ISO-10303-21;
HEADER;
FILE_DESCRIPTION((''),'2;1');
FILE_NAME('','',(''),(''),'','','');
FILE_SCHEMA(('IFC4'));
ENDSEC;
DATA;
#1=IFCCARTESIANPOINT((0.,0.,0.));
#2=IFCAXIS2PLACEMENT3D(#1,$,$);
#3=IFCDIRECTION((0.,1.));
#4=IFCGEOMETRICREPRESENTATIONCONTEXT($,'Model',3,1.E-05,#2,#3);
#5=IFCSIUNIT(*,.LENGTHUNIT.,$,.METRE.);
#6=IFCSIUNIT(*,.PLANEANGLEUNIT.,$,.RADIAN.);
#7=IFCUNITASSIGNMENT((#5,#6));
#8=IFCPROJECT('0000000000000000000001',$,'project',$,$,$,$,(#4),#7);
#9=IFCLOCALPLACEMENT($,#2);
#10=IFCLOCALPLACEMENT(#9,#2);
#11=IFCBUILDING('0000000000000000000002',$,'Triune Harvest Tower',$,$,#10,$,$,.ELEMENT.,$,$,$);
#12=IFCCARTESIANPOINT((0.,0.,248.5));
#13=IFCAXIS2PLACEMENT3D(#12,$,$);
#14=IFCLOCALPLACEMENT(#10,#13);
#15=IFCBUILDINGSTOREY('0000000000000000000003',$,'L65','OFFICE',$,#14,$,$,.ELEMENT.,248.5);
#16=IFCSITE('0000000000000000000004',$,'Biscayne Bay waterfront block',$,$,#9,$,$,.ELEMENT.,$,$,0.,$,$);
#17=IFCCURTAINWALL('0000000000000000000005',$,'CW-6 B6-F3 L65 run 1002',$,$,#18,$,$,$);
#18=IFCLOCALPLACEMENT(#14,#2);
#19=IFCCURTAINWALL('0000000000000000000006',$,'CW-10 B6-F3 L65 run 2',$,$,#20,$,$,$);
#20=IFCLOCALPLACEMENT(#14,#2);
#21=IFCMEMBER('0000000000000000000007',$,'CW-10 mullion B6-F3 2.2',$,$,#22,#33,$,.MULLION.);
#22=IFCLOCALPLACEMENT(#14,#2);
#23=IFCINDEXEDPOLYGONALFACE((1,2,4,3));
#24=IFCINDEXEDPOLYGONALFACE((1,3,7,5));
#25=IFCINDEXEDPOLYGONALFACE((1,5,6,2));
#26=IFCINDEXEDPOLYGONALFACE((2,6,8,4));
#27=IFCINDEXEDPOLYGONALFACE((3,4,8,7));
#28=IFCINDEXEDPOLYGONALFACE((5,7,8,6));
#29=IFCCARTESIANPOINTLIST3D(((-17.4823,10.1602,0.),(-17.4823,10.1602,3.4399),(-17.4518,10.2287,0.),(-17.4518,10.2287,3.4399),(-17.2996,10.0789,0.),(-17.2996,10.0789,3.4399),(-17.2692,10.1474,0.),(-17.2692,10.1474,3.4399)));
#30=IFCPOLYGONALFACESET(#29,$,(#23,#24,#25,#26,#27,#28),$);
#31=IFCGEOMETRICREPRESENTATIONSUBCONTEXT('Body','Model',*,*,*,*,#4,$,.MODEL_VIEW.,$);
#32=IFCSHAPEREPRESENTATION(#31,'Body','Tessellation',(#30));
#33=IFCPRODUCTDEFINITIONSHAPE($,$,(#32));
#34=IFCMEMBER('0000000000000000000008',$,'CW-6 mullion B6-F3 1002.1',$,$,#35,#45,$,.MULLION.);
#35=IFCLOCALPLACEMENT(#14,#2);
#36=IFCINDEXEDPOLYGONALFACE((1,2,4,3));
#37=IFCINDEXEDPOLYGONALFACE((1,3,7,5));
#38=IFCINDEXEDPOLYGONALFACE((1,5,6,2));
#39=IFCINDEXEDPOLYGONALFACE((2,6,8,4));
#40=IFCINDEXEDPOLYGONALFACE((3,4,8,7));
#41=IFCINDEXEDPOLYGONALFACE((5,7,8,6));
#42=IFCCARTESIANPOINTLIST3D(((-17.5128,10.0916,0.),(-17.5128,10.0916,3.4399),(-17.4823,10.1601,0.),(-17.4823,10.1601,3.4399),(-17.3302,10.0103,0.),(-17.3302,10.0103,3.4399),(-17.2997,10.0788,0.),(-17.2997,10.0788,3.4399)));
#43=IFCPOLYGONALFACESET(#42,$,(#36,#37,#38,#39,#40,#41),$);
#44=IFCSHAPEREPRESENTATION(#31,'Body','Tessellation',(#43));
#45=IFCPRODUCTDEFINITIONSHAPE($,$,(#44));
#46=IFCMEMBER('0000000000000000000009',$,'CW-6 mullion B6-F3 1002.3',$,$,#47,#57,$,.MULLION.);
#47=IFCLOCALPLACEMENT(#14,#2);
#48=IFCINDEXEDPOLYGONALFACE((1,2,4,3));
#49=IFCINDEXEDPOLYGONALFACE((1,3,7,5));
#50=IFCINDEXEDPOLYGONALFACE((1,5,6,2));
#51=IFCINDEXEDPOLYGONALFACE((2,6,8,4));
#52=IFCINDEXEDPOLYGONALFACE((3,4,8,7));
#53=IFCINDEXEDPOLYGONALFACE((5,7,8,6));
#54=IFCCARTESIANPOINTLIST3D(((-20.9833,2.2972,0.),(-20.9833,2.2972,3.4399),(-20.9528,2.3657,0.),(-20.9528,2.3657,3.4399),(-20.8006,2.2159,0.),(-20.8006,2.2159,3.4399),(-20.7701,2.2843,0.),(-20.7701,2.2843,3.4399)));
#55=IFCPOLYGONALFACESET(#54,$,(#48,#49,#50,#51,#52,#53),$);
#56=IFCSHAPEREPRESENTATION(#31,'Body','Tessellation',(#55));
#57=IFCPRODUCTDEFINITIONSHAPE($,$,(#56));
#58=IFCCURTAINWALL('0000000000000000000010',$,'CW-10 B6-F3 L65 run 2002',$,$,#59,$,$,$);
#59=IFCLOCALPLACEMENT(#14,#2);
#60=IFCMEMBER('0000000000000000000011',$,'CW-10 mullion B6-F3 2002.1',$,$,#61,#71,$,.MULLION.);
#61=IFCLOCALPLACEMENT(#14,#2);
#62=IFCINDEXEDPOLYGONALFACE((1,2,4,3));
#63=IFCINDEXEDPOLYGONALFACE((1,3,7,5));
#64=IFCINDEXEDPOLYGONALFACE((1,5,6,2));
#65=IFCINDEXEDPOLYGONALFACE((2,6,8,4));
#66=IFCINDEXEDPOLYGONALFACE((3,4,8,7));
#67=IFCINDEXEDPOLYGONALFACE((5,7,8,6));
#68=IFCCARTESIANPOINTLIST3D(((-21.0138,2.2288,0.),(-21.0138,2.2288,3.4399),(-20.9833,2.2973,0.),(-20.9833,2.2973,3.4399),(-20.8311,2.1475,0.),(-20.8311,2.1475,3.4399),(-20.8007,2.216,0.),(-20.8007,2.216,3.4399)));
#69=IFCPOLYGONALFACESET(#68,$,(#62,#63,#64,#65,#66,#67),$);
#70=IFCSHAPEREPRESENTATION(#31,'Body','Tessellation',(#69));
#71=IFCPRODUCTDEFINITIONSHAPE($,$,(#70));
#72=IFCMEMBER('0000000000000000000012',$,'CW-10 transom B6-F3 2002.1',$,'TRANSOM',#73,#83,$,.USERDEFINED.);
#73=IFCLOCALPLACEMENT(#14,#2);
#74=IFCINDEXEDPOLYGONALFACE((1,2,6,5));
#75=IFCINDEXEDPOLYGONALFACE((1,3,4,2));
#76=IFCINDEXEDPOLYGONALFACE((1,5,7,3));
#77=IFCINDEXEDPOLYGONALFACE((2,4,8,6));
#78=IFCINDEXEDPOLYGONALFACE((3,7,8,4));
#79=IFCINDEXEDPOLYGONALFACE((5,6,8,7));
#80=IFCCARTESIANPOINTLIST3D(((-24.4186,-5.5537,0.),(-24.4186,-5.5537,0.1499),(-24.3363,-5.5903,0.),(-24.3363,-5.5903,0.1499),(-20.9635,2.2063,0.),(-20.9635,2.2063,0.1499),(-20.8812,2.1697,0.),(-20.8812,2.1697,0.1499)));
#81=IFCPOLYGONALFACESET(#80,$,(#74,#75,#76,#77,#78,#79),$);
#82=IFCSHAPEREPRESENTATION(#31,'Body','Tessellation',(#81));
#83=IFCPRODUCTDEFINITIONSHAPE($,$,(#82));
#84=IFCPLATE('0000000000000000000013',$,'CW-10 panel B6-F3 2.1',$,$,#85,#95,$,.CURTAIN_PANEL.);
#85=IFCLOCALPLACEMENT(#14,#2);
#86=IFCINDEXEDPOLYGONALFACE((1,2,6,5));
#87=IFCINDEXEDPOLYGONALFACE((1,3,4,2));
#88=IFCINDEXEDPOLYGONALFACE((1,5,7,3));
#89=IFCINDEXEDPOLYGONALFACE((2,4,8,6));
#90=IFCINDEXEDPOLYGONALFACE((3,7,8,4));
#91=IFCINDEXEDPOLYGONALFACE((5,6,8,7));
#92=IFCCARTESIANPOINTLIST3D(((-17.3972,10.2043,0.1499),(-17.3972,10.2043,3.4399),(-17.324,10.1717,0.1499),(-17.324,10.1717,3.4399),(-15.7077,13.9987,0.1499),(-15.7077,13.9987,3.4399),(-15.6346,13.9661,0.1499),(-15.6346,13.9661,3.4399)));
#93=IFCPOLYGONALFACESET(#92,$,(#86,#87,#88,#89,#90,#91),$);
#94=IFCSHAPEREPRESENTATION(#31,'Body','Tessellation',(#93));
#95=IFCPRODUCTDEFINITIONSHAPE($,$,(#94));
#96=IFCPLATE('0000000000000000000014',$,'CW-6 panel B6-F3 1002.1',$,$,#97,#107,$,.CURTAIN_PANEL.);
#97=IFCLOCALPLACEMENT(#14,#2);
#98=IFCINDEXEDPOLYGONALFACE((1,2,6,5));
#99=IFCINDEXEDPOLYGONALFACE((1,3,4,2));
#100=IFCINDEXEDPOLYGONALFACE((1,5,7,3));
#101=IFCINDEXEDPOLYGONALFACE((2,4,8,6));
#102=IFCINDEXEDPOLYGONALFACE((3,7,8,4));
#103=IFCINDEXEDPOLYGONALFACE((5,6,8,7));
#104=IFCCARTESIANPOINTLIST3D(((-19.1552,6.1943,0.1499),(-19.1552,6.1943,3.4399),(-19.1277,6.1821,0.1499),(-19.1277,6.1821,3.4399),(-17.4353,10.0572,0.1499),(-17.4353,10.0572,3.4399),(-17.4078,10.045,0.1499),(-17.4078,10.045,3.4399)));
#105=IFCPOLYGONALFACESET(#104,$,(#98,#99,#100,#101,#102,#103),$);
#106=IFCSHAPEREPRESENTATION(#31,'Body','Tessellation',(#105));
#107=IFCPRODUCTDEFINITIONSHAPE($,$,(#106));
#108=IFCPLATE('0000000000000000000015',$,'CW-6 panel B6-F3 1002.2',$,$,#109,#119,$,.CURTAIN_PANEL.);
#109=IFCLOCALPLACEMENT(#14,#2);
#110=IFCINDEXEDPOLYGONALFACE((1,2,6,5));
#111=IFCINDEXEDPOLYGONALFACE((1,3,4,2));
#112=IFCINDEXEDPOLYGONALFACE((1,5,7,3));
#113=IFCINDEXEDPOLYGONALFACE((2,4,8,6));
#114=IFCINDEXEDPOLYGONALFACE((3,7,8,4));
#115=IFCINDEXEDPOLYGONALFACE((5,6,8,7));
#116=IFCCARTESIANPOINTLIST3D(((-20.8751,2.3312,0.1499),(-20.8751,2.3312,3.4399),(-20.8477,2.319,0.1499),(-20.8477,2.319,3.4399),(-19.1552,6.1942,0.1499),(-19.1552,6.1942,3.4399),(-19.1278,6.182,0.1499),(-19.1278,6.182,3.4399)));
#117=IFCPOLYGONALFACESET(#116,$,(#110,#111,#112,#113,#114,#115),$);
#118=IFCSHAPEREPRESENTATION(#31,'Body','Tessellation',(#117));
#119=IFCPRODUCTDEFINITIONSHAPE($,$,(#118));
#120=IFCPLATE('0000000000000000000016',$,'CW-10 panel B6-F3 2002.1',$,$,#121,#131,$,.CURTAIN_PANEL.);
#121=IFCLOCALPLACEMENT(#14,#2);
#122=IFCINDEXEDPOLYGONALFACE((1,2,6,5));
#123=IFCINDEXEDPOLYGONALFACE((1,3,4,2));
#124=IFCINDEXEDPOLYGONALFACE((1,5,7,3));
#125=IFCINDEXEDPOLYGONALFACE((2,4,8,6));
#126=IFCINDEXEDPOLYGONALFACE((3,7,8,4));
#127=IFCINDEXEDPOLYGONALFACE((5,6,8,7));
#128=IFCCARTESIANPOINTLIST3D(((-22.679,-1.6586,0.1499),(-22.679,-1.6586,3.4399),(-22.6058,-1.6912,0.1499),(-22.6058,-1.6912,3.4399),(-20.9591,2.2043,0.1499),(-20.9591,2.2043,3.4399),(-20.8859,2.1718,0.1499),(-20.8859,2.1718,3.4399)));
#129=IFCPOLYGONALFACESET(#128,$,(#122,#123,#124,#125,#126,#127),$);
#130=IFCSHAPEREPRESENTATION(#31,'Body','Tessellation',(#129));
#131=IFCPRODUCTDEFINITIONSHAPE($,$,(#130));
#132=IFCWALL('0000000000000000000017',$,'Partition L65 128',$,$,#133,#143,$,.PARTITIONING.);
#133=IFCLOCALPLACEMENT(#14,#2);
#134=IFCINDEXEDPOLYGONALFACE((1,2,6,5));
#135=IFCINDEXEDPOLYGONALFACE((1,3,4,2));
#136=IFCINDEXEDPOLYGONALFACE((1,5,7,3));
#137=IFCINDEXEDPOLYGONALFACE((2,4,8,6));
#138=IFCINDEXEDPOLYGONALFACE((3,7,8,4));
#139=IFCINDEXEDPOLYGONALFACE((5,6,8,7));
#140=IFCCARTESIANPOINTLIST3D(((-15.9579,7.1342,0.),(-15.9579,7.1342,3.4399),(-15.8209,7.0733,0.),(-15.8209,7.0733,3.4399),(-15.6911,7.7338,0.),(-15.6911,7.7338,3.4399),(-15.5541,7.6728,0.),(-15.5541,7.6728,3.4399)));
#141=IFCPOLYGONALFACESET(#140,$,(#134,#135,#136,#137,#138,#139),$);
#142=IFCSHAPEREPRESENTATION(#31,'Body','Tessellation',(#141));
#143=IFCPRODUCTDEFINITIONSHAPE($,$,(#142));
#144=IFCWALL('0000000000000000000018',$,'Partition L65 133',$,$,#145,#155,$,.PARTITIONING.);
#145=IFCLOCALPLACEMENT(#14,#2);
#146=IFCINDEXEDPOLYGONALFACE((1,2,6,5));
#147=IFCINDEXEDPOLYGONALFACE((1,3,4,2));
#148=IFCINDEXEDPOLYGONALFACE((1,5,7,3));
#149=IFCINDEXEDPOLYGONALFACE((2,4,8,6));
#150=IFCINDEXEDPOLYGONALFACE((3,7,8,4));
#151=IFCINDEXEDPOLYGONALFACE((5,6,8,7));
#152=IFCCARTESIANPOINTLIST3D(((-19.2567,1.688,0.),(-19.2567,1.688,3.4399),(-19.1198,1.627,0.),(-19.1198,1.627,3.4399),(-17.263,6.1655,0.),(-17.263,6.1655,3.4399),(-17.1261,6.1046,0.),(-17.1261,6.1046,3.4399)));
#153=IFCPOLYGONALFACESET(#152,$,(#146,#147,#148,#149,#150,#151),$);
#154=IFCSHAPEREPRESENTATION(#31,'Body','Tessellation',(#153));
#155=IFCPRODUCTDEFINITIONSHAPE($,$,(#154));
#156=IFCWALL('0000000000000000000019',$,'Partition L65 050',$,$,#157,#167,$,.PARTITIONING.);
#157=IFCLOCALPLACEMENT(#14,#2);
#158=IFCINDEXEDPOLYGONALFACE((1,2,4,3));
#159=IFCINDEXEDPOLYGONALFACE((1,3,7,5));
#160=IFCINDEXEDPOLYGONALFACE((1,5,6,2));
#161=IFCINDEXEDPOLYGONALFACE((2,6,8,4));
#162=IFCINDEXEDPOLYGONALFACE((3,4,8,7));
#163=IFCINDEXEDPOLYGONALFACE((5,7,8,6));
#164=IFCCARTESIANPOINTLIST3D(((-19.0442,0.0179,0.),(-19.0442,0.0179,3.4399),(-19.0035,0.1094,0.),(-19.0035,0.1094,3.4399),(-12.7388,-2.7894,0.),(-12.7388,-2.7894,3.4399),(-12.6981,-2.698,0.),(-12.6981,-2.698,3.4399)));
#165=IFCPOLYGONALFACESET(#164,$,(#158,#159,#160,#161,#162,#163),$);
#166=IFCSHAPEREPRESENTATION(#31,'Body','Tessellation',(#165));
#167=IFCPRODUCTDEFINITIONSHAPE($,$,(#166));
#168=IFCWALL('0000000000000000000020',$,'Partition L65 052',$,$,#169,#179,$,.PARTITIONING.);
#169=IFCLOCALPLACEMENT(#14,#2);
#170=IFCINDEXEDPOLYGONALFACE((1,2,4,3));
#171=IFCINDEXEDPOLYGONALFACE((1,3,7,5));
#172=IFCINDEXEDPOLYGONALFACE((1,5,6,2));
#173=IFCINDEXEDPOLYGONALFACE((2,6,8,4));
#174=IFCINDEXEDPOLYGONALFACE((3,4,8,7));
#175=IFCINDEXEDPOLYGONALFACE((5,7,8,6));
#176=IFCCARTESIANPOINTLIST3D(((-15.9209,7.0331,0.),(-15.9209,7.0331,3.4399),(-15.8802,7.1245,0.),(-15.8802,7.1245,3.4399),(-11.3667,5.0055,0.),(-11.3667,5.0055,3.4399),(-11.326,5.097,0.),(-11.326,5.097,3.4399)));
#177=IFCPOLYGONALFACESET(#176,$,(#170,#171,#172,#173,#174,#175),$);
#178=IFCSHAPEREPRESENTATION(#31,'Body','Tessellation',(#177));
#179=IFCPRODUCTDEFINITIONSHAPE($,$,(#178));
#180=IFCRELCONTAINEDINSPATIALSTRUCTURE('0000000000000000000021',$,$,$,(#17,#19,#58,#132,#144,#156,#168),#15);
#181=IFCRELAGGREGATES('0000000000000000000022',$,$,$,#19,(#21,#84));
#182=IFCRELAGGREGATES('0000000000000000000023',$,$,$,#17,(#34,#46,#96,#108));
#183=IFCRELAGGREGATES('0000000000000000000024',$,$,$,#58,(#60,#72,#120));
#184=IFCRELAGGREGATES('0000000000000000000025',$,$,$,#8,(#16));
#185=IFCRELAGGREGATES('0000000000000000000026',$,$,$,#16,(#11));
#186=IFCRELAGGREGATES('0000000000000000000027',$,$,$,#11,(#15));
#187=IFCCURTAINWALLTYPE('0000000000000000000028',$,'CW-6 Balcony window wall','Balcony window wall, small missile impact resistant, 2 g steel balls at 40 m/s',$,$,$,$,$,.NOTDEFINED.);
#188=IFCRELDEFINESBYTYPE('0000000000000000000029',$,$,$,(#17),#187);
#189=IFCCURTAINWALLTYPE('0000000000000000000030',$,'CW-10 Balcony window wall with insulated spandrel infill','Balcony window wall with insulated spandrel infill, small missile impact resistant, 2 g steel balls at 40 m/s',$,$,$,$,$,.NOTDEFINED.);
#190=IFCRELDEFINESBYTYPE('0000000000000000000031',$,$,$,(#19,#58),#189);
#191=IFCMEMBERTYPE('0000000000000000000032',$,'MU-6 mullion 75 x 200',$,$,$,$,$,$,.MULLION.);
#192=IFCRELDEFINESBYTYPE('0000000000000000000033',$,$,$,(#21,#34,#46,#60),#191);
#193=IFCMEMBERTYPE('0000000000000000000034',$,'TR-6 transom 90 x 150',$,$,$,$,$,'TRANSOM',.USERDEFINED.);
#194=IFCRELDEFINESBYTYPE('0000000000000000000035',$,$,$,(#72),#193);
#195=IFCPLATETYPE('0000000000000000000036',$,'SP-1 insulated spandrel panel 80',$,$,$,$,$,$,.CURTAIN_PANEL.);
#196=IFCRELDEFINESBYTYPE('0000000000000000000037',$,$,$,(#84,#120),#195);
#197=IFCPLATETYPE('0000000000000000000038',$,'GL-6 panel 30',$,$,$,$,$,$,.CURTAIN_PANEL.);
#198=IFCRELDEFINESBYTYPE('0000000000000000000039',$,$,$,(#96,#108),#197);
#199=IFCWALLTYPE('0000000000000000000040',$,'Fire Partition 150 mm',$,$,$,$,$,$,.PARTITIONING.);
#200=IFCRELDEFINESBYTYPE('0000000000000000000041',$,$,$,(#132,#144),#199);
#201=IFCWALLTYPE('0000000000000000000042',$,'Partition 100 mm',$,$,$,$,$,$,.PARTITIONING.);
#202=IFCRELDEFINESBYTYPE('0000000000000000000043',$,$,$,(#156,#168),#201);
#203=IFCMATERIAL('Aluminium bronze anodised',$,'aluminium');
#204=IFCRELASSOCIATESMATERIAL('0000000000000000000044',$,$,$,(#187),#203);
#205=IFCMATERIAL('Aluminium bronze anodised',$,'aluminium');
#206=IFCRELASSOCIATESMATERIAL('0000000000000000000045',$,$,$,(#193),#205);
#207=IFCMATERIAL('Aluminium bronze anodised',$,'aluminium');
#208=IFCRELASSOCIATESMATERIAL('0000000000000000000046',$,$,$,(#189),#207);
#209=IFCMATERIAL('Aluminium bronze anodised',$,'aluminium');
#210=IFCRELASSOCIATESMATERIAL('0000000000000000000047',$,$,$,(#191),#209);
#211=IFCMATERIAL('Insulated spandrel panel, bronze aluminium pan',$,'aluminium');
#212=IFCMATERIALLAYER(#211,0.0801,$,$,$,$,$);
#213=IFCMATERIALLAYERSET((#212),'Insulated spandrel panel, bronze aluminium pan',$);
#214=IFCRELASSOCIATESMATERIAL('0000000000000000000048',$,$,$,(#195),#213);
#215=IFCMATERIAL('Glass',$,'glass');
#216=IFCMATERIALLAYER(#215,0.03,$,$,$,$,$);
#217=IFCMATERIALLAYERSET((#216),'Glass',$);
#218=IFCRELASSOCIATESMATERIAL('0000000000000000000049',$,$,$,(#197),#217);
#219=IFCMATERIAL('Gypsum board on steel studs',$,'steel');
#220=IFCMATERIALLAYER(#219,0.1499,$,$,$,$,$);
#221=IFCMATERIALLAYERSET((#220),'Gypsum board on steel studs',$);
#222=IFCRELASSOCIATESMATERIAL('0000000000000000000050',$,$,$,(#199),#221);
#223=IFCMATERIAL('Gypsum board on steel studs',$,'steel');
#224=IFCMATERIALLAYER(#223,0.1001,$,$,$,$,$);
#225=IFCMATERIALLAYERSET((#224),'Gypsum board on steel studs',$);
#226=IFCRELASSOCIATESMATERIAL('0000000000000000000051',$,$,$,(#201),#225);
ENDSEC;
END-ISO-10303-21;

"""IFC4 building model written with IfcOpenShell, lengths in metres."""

from ifc_helpers import new_model, si_unit, direction, frame, frame_2d, origin, origin_2d, place, context, subcontext, project, spatial, rectangle, extrude, source, transform, mapped, material, layer, layer_set, material_profile, profile_set, type_object, element, aggregate, save


model = new_model("IFC4")

# Units and contexts
model_context = context("Model", 3, precision=1e-05, world=origin(), true_north=direction((0.0, 1.0)))
body_context = subcontext(model_context, "Body", "Model", "MODEL_VIEW")
ifc_project = project(units=[si_unit("LENGTHUNIT", "METRE"), si_unit("PLANEANGLEUNIT", "RADIAN")], contexts=[model_context])

# Site, building, storey
site_placement = place(None, origin())
site = spatial("IfcSite", under=ifc_project, at=site_placement, Name="Biscayne Bay waterfront block", CompositionType="ELEMENT", RefElevation=0.0)
building_placement = place(site_placement, origin())
building = spatial("IfcBuilding", under=site, at=building_placement, Name="Triune Harvest Tower", CompositionType="ELEMENT")
storey_placement = place(building_placement, frame((0.0, 0.0, 248.5)))
storey = spatial("IfcBuildingStorey", under=building, at=storey_placement, Name="L65", Description="OFFICE", CompositionType="ELEMENT", Elevation=248.5)

# Curtain wall
ifc_material_1 = material(Name="Aluminium bronze anodised", Category="aluminium")
curtain_wall_type_1 = type_object("IfcCurtainWallType", Name="CW-6 Balcony window wall", Description="Balcony window wall, small missile impact resistant, 2 g steel balls at 40 m/s", PredefinedType="NOTDEFINED", material=ifc_material_1)
curtain_wall_1_placement = place(storey_placement, origin())
curtain_wall_1 = element("IfcCurtainWall", 1, at=curtain_wall_1_placement, inside=storey, type_object=curtain_wall_type_1, Name="CW-6 B6-F3 L65 run 1002")
ifc_material_2 = material(Name="Aluminium bronze anodised", Category="aluminium")
ifc_material_profile_1 = material_profile(ifc_material_2, rectangle(XDim=0.0901, YDim=0.1499, at=origin_2d()), Name="TR-6 transom 90 x 150")
ifc_profile_set_1 = profile_set([ifc_material_profile_1], Name="Aluminium bronze anodised")
member_type_1 = type_object("IfcMemberType", Name="TR-6 transom 90 x 150", ElementType="TRANSOM", PredefinedType="USERDEFINED", material=ifc_profile_set_1)

# Curtain wall, member
ifc_material_3 = material(Name="Aluminium bronze anodised", Category="aluminium")
curtain_wall_type_2 = type_object("IfcCurtainWallType", Name="CW-10 Balcony window wall with insulated spandrel infill", Description="Balcony window wall with insulated spandrel infill, small missile impact resistant, 2 g steel balls at 40 m/s", PredefinedType="NOTDEFINED", material=ifc_material_3)
curtain_wall_2_placement = place(storey_placement, origin())
curtain_wall_2 = element("IfcCurtainWall", 2, at=curtain_wall_2_placement, inside=storey, type_object=curtain_wall_type_2, Name="CW-10 B6-F3 L65 run 2")
ifc_material_4 = material(Name="Aluminium bronze anodised", Category="aluminium")
ifc_material_profile_2 = material_profile(ifc_material_4, rectangle(XDim=0.2, YDim=0.075, at=origin_2d()), Name="MU-6 mullion 75 x 200")
ifc_profile_set_2 = profile_set([ifc_material_profile_2], Name="Aluminium bronze anodised")
member_type_2 = type_object("IfcMemberType", Name="MU-6 mullion 75 x 200", PredefinedType="MULLION", material=ifc_profile_set_2)
shared_shape_1 = source(origin(), body_context, "Body", "SweptSolid", [
    extrude(rectangle(XDim=0.2, YDim=0.075, at=origin_2d()), origin(), (0.0, 0.0, 1.0), 3.4399),
])
member_1_placement = place(storey_placement, frame((-17.3757, 10.1538, 0.0), z_axis=(0.0, 0.0, 1.0), x_axis=(0.913541, -0.406747, 0.0)))
member_1 = element("IfcMember", 3, at=member_1_placement, type_object=member_type_2, Name="CW-10 mullion B6-F3 2.2", PredefinedType="MULLION", context=body_context, shape_type="MappedRepresentation", body=[
    mapped(shared_shape_1, transform((0.0, 0.0, 0.0), scale=1.0)),
])

# Members
member_2_placement = place(storey_placement, frame((-17.4062, 10.0852, 0.0), z_axis=(0.0, 0.0, 1.0), x_axis=(0.913545, -0.406738, 0.0)))
member_2 = element("IfcMember", 4, at=member_2_placement, type_object=member_type_2, Name="CW-6 mullion B6-F3 1002.1", PredefinedType="MULLION", context=body_context, shape_type="MappedRepresentation", body=[
    mapped(shared_shape_1, transform((0.0, 0.0, 0.0), scale=1.0)),
])
member_3_placement = place(storey_placement, frame((-20.8767, 2.2908, 0.0), z_axis=(0.0, 0.0, 1.0), x_axis=(0.913545, -0.406738, 0.0)))
member_3 = element("IfcMember", 5, at=member_3_placement, type_object=member_type_2, Name="CW-6 mullion B6-F3 1002.3", PredefinedType="MULLION", context=body_context, shape_type="MappedRepresentation", body=[
    mapped(shared_shape_1, transform((0.0, 0.0, 0.0), scale=1.0)),
])

# Curtain wall, members
curtain_wall_3_placement = place(storey_placement, origin())
curtain_wall_3 = element("IfcCurtainWall", 6, at=curtain_wall_3_placement, inside=storey, type_object=curtain_wall_type_2, Name="CW-10 B6-F3 L65 run 2002")
member_4_placement = place(storey_placement, frame((-20.9072, 2.2224, 0.0), z_axis=(0.0, 0.0, 1.0), x_axis=(0.913546, -0.406736, 0.0)))
member_4 = element("IfcMember", 7, at=member_4_placement, type_object=member_type_2, Name="CW-10 mullion B6-F3 2002.1", PredefinedType="MULLION", context=body_context, shape_type="MappedRepresentation", body=[
    mapped(shared_shape_1, transform((0.0, 0.0, 0.0), scale=1.0)),
])
shared_shape_2 = source(origin(), body_context, "Body", "SweptSolid", [
    extrude(rectangle(XDim=0.0901, YDim=0.1499, at=origin_2d()), origin(), (0.0, 0.0, 1.0), 8.4944),
])
member_5_placement = place(storey_placement, frame((-20.9224, 2.188, 0.075), z_axis=(-0.406746, -0.913541, 0.0), x_axis=(0.913541, -0.406746, 0.0)))
member_5 = element("IfcMember", 8, at=member_5_placement, type_object=member_type_1, Name="CW-10 transom B6-F3 2002.1", ObjectType="TRANSOM", PredefinedType="USERDEFINED", context=body_context, shape_type="MappedRepresentation", body=[
    mapped(shared_shape_2, transform((0.0, 0.0, 0.0), scale=1.0)),
])

# Plates
ifc_material_5 = material(Name="Insulated spandrel panel, bronze aluminium pan", Category="aluminium")
ifc_layer_1 = layer(ifc_material_5, 0.0801)
ifc_layer_set_1 = layer_set([ifc_layer_1], Name="Insulated spandrel panel, bronze aluminium pan")
plate_type_1 = type_object("IfcPlateType", Name="SP-1 insulated spandrel panel 80", PredefinedType="CURTAIN_PANEL", material=ifc_layer_set_1)
shared_shape_3 = source(origin(), body_context, "Body", "SweptSolid", [
    extrude(rectangle(XDim=4.1536, YDim=0.0801, at=origin_2d()), origin(), (0.0, 0.0, 1.0), 3.29),
])
plate_1_placement = place(storey_placement, frame((-16.5159, 12.0852, 0.1499), z_axis=(0.0, 0.0, 1.0), x_axis=(-0.406747, -0.913541, 0.0)))
plate_1 = element("IfcPlate", 9, at=plate_1_placement, type_object=plate_type_1, Name="CW-10 panel B6-F3 2.1", PredefinedType="CURTAIN_PANEL", context=body_context, shape_type="MappedRepresentation", body=[
    mapped(shared_shape_3, transform((0.0, 0.0, 0.0), scale=1.0)),
])
aggregate(curtain_wall_2, [member_1, plate_1])
ifc_material_6 = material(Name="Glass", Category="glass")
ifc_layer_2 = layer(ifc_material_6, 0.03)
ifc_layer_set_2 = layer_set([ifc_layer_2], Name="Glass")
plate_type_2 = type_object("IfcPlateType", Name="GL-6 panel 30", PredefinedType="CURTAIN_PANEL", material=ifc_layer_set_2)
shared_shape_4 = source(origin(), body_context, "Body", "SweptSolid", [
    extrude(rectangle(XDim=4.2285, YDim=0.03, at=origin_2d()), origin(), (0.0, 0.0, 1.0), 3.29),
])
plate_2_placement = place(storey_placement, frame((-18.2815, 8.1196, 0.1499), z_axis=(0.0, 0.0, 1.0), x_axis=(-0.406738, -0.913545, 0.0)))
plate_2 = element("IfcPlate", 10, at=plate_2_placement, type_object=plate_type_2, Name="CW-6 panel B6-F3 1002.1", PredefinedType="CURTAIN_PANEL", context=body_context, shape_type="MappedRepresentation", body=[
    mapped(shared_shape_4, transform((0.0, 0.0, 0.0), scale=1.0)),
])
plate_3_placement = place(storey_placement, frame((-20.0015, 4.2566, 0.1499), z_axis=(0.0, 0.0, 1.0), x_axis=(-0.406738, -0.913545, 0.0)))
plate_3 = element("IfcPlate", 11, at=plate_3_placement, type_object=plate_type_2, Name="CW-6 panel B6-F3 1002.2", PredefinedType="CURTAIN_PANEL", context=body_context, shape_type="MappedRepresentation", body=[
    mapped(shared_shape_4, transform((0.0, 0.0, 0.0), scale=1.0)),
])
aggregate(curtain_wall_1, [member_2, member_3, plate_2, plate_3])
shared_shape_5 = source(origin(), body_context, "Body", "SweptSolid", [
    extrude(rectangle(XDim=4.2285, YDim=0.0801, at=origin_2d()), origin(), (0.0, 0.0, 1.0), 3.29),
])
plate_4_placement = place(storey_placement, frame((-21.7825, 0.2566, 0.1499), z_axis=(0.0, 0.0, 1.0), x_axis=(-0.406736, -0.913546, 0.0)))
plate_4 = element("IfcPlate", 12, at=plate_4_placement, type_object=plate_type_1, Name="CW-10 panel B6-F3 2002.1", PredefinedType="CURTAIN_PANEL", context=body_context, shape_type="MappedRepresentation", body=[
    mapped(shared_shape_5, transform((0.0, 0.0, 0.0), scale=1.0)),
])
aggregate(curtain_wall_3, [member_4, member_5, plate_4])

# Walls
ifc_material_7 = material(Name="Gypsum board on steel studs", Category="steel")
ifc_layer_3 = layer(ifc_material_7, 0.1499)
ifc_layer_set_3 = layer_set([ifc_layer_3], Name="Gypsum board on steel studs")
wall_type_1 = type_object("IfcWallType", Name="Fire Partition 150 mm", PredefinedType="PARTITIONING", material=ifc_layer_set_3)
wall_1_placement = place(storey_placement, frame((-15.8894, 7.1038, 0.0), z_axis=(0.0, 0.0, 1.0), x_axis=(0.406587, 0.913612, 0.0)))
element("IfcWall", 13, at=wall_1_placement, inside=storey, type_object=wall_type_1, Name="Partition L65 128", PredefinedType="PARTITIONING", context=body_context, shape_type="SweptSolid", body=[
    extrude(rectangle(XDim=0.6562, YDim=0.1499, at=frame_2d((0.3281, 0.0))), origin(), (0.0, 0.0, 1.0), 3.4399),
])
wall_2_placement = place(storey_placement, frame((-19.1882, 1.6575, 0.0), z_axis=(0.0, 0.0, 1.0), x_axis=(0.406758, 0.913536, 0.0)))
element("IfcWall", 14, at=wall_2_placement, inside=storey, type_object=wall_type_1, Name="Partition L65 133", PredefinedType="PARTITIONING", context=body_context, shape_type="SweptSolid", body=[
    extrude(rectangle(XDim=4.9014, YDim=0.1499, at=frame_2d((2.4507, 0.0))), origin(), (0.0, 0.0, 1.0), 3.4399),
])
ifc_material_8 = material(Name="Gypsum board on steel studs", Category="steel")
ifc_layer_4 = layer(ifc_material_8, 0.1001)
ifc_layer_set_4 = layer_set([ifc_layer_4], Name="Gypsum board on steel studs")
wall_type_2 = type_object("IfcWallType", Name="Partition 100 mm", PredefinedType="PARTITIONING", material=ifc_layer_set_4)
wall_3_placement = place(storey_placement, frame((-19.0239, 0.0637, 0.0), z_axis=(0.0, 0.0, 1.0), x_axis=(0.913544, -0.406739, 0.0)))
element("IfcWall", 15, at=wall_3_placement, inside=storey, type_object=wall_type_2, Name="Partition L65 050", PredefinedType="PARTITIONING", context=body_context, shape_type="SweptSolid", body=[
    extrude(rectangle(XDim=6.9021, YDim=0.1001, at=frame_2d((3.4512, 0.0))), origin(), (0.0, 0.0, 1.0), 3.4399),
])
shared_shape_6 = source(origin(), body_context, "Body", "SweptSolid", [
    extrude(rectangle(XDim=4.9851, YDim=0.1001, at=frame_2d((2.4927, 0.0))), origin(), (0.0, 0.0, 1.0), 3.4399),
])
wall_4_placement = place(storey_placement, frame((-15.9006, 7.0789, 0.0), z_axis=(0.0, 0.0, 1.0), x_axis=(0.913551, -0.406725, 0.0)))
element("IfcWall", 16, at=wall_4_placement, inside=storey, type_object=wall_type_2, Name="Partition L65 052", PredefinedType="PARTITIONING", context=body_context, shape_type="MappedRepresentation", body=[
    mapped(shared_shape_6, transform((0.0, 0.0, 0.0), scale=1.0)),
])

save(model, "model.ifc")
